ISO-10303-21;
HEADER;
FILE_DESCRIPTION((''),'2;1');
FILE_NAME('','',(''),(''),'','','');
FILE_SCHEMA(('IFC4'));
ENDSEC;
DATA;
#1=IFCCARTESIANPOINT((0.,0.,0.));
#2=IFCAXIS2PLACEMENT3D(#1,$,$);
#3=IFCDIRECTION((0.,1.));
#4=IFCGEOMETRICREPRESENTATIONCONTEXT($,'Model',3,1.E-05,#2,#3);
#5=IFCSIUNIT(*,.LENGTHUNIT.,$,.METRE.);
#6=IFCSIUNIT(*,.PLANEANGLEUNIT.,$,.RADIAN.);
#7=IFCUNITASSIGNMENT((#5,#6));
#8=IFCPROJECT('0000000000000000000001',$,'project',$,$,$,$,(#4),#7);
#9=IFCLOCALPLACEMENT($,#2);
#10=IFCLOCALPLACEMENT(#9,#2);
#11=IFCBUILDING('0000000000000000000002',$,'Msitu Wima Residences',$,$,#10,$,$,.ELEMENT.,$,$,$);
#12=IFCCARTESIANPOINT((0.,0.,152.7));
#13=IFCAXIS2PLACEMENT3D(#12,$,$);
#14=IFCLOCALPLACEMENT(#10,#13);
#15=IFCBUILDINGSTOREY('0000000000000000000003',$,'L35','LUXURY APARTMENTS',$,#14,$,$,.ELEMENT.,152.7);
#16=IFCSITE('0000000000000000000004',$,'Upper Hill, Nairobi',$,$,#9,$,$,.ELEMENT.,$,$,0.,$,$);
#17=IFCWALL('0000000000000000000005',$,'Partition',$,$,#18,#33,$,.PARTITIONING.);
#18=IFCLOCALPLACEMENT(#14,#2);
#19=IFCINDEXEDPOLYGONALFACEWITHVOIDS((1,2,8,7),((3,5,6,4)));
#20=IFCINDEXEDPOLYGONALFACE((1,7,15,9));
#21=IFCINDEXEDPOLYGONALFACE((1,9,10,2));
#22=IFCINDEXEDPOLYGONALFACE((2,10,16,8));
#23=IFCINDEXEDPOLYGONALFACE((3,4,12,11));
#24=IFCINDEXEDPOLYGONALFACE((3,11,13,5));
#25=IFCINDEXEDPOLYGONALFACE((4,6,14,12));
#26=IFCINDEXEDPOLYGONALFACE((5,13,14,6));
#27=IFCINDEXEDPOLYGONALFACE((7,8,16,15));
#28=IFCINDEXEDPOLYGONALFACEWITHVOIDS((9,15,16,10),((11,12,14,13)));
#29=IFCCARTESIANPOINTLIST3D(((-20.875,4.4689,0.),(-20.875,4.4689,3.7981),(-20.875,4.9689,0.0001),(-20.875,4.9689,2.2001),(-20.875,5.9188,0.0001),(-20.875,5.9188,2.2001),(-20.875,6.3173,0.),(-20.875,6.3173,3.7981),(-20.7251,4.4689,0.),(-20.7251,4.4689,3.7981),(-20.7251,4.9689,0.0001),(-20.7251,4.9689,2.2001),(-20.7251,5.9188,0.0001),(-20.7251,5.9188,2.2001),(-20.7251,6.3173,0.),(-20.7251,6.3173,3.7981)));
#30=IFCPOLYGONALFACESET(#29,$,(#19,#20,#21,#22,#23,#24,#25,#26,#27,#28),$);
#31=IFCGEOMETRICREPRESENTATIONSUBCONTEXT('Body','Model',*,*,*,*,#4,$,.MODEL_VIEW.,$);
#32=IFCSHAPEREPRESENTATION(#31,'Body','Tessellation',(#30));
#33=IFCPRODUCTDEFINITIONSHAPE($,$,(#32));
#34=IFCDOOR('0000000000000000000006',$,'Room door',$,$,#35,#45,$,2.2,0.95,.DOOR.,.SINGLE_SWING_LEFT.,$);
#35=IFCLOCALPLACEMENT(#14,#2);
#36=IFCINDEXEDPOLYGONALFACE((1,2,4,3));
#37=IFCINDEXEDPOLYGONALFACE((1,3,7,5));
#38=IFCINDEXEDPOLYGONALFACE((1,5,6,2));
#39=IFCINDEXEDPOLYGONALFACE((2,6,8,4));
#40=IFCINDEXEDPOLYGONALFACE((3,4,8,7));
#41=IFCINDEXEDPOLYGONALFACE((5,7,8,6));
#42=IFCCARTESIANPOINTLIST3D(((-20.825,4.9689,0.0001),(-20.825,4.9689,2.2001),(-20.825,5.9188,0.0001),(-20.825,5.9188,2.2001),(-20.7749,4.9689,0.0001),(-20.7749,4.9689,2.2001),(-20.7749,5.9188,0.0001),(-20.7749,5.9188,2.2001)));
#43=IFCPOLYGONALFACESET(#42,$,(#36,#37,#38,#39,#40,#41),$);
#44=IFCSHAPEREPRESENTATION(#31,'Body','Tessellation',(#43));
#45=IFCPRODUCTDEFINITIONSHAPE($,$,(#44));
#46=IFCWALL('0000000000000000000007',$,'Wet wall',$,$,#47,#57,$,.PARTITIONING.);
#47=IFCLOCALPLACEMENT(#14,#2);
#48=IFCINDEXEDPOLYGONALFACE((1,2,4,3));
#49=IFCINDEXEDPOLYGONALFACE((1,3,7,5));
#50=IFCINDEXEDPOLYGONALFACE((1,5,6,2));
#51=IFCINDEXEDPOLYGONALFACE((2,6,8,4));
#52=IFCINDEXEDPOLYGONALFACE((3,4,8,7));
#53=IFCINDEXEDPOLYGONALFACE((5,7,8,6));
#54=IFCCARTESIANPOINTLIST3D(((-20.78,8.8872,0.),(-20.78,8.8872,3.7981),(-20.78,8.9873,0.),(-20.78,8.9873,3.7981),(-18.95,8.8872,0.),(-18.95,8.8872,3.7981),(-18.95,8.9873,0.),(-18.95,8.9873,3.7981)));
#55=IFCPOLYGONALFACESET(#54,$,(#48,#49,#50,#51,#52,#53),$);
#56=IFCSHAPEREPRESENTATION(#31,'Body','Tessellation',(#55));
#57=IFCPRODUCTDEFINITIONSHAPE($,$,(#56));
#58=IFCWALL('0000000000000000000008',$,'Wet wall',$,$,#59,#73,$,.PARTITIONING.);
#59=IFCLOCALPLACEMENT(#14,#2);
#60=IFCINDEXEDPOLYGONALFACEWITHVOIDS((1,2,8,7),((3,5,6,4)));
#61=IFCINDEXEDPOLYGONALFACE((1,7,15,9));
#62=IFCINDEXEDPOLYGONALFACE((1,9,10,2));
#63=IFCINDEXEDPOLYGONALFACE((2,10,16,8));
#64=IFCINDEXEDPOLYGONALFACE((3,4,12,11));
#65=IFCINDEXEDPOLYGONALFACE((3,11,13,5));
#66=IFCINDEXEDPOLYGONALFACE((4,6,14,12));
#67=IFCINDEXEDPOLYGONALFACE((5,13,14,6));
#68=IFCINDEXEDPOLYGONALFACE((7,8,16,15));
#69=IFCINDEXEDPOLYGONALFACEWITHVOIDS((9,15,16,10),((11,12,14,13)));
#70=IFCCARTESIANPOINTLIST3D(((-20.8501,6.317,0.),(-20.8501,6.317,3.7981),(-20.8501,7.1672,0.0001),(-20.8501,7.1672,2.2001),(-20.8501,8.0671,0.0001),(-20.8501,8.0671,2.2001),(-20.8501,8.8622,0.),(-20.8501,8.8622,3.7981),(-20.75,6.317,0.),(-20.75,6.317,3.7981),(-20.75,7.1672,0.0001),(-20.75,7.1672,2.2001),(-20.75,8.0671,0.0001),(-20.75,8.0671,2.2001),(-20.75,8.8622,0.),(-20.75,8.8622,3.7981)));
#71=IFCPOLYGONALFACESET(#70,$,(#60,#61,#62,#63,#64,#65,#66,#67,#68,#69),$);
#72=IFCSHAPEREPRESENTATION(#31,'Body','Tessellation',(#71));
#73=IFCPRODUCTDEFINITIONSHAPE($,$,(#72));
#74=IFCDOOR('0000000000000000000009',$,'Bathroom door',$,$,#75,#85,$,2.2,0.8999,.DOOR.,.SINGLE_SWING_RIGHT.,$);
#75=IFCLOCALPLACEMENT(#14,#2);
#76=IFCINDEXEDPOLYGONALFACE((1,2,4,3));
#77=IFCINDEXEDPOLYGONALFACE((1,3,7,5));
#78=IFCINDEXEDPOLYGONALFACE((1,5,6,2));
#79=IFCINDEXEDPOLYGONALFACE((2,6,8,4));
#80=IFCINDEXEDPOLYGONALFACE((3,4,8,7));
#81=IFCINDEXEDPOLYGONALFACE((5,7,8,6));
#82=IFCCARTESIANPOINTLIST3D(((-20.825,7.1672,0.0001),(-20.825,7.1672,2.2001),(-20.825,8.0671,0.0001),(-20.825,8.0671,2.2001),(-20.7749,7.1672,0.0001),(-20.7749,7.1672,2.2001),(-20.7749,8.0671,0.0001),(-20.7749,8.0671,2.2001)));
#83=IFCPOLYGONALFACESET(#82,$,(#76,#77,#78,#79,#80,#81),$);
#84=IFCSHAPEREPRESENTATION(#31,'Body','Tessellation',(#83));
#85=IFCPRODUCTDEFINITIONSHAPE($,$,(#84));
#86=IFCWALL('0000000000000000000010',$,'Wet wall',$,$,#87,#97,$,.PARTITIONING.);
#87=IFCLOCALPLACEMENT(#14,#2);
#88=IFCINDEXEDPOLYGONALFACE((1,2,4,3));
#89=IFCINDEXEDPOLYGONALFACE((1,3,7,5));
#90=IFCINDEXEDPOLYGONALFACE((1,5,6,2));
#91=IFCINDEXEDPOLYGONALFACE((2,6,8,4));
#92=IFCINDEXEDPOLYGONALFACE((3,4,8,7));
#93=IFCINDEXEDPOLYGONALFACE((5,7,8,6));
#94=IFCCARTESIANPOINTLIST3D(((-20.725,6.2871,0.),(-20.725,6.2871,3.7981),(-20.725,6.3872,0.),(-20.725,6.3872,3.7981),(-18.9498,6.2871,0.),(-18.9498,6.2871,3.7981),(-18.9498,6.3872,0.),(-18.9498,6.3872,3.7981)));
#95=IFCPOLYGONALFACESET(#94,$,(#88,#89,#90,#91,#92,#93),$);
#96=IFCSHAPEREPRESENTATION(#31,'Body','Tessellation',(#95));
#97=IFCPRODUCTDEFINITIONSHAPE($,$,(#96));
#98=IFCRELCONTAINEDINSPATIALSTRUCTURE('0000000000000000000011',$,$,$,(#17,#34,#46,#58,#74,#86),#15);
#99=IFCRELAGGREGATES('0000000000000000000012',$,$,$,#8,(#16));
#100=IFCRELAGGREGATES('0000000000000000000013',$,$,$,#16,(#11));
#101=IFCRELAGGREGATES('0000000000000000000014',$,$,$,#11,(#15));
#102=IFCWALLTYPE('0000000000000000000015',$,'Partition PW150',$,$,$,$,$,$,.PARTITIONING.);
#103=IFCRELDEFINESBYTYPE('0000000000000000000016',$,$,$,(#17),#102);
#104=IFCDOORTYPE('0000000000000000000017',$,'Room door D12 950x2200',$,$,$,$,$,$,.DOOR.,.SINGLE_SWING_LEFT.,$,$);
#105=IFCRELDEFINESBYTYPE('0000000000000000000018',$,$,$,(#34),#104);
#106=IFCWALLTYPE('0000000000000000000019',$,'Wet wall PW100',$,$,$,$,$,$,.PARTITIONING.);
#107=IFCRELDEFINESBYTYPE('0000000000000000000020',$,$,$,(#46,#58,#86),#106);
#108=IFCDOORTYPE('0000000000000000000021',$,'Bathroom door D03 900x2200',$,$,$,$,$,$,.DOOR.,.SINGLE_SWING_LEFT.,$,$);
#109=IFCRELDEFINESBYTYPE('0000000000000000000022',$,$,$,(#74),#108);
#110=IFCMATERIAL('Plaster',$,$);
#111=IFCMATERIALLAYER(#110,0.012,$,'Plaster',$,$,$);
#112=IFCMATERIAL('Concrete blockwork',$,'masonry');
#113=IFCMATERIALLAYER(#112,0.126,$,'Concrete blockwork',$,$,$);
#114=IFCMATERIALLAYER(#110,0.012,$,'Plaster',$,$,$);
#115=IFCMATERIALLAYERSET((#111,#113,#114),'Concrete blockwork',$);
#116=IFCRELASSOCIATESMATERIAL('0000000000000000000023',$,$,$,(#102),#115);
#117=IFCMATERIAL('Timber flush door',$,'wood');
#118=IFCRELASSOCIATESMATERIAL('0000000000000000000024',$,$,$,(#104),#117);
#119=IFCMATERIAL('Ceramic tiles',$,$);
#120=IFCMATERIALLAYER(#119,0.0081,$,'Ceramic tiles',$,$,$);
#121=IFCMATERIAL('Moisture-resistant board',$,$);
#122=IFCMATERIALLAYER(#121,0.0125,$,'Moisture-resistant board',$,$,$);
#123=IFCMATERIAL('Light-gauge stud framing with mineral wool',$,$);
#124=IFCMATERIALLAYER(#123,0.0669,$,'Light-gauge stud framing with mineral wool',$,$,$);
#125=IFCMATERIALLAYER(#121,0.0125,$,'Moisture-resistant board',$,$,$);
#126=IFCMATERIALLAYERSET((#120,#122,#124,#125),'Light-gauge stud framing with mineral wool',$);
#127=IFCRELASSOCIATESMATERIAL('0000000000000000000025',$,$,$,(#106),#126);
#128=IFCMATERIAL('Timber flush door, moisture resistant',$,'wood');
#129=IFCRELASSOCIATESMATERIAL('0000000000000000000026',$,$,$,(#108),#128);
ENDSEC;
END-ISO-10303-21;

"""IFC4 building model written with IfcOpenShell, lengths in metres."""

from ifc_helpers import new_model, si_unit, direction, frame, frame_2d, origin, place, context, subcontext, project, spatial, rectangle, extrude, material, layer, layer_set, type_object, element, fill, save


model = new_model("IFC4")

# Units and contexts
model_context = context("Model", 3, precision=1e-05, world=origin(), true_north=direction((0.0, 1.0)))
body_context = subcontext(model_context, "Body", "Model", "MODEL_VIEW")
ifc_project = project(units=[si_unit("LENGTHUNIT", "METRE"), si_unit("PLANEANGLEUNIT", "RADIAN")], contexts=[model_context])

# Site, building, storey
site_placement = place(None, origin())
site = spatial("IfcSite", under=ifc_project, at=site_placement, Name="Upper Hill, Nairobi", CompositionType="ELEMENT", RefElevation=0.0)
building_placement = place(site_placement, origin())
building = spatial("IfcBuilding", under=site, at=building_placement, Name="Msitu Wima Residences", CompositionType="ELEMENT")
storey_placement = place(building_placement, frame((0.0, 0.0, 152.7)))
storey = spatial("IfcBuildingStorey", under=building, at=storey_placement, Name="L35", Description="LUXURY APARTMENTS", CompositionType="ELEMENT", Elevation=152.7)

# Shared definitions
ifc_material_1 = material(Name="Plaster")
ifc_layer_1 = layer(ifc_material_1, 0.012, Name="Plaster")
ifc_material_2 = material(Name="Concrete blockwork", Category="masonry")
ifc_layer_2 = layer(ifc_material_2, 0.126, Name="Concrete blockwork")
ifc_layer_3 = layer(ifc_material_1, 0.012, Name="Plaster")
ifc_layer_set_1 = layer_set([ifc_layer_1, ifc_layer_2, ifc_layer_3], Name="Concrete blockwork")
wall_type_1 = type_object("IfcWallType", Name="Partition PW150", PredefinedType="PARTITIONING", material=ifc_layer_set_1)

# Shared definitions
ifc_material_3 = material(Name="Timber flush door", Category="wood")
door_type_1 = type_object("IfcDoorType", Name="Room door D12 950x2200", OperationType="SINGLE_SWING_LEFT", PredefinedType="DOOR", material=ifc_material_3)

# Wall, opening, door
wall_1_placement = place(storey_placement, frame((-20.8, 4.4688, 0.0), z_axis=(0.0, 0.0, 1.0), x_axis=(0.0, 1.0, 0.0)))
wall_1 = element("IfcWall", 1, at=wall_1_placement, inside=storey, type_object=wall_type_1, Name="Partition", PredefinedType="PARTITIONING", context=body_context, shape_type="SweptSolid", body=[
    extrude(rectangle(XDim=1.8484, YDim=0.1499, at=frame_2d((0.9243, 0.0))), origin(), (0.0, 0.0, 1.0), 3.7981),
])
opening_1_placement = place(wall_1_placement, frame((0.5, 0.0, 0.0)))
opening_1 = element("IfcOpeningElement", 2, at=opening_1_placement, cuts=wall_1, PredefinedType="OPENING", context=body_context, shape_type="SweptSolid", body=[
    extrude(rectangle(XDim=0.95, YDim=2.2, at=frame_2d((0.4751, 1.1001))), frame((0.0, 0.085, 0.0), z_axis=(0.0, -1.0, 0.0), x_axis=(1.0, 0.0, 0.0)), (0.0, 0.0, 1.0), 0.1699),
])
door_1_placement = place(opening_1_placement, origin())
door_1 = element("IfcDoor", 3, at=door_1_placement, inside=storey, type_object=door_type_1, Name="Room door", OperationType="SINGLE_SWING_LEFT", OverallHeight=2.2, OverallWidth=0.95, PredefinedType="DOOR", context=body_context, shape_type="SweptSolid", body=[
    extrude(rectangle(XDim=0.95, YDim=2.2, at=frame_2d((0.4751, 1.1001))), frame((0.0, 0.0249, 0.0), z_axis=(0.0, -1.0, 0.0), x_axis=(1.0, 0.0, 0.0)), (0.0, 0.0, 1.0), 0.05),
])
fill(opening_1, door_1)

# Wall
ifc_material_4 = material(Name="Ceramic tiles")
ifc_layer_4 = layer(ifc_material_4, 0.0081, Name="Ceramic tiles")
ifc_material_5 = material(Name="Moisture-resistant board")
ifc_layer_5 = layer(ifc_material_5, 0.0125, Name="Moisture-resistant board")
ifc_material_6 = material(Name="Light-gauge stud framing with mineral wool")
ifc_layer_6 = layer(ifc_material_6, 0.0669, Name="Light-gauge stud framing with mineral wool")
ifc_layer_7 = layer(ifc_material_5, 0.0125, Name="Moisture-resistant board")
ifc_layer_set_2 = layer_set([ifc_layer_4, ifc_layer_5, ifc_layer_6, ifc_layer_7], Name="Light-gauge stud framing with mineral wool")
wall_type_2 = type_object("IfcWallType", Name="Wet wall PW100", PredefinedType="PARTITIONING", material=ifc_layer_set_2)
wall_2_placement = place(storey_placement, frame((-20.78, 8.9373, 0.0), z_axis=(0.0, 0.0, 1.0), x_axis=(1.0, 0.0, 0.0)))
element("IfcWall", 4, at=wall_2_placement, inside=storey, type_object=wall_type_2, Name="Wet wall", PredefinedType="PARTITIONING", context=body_context, shape_type="SweptSolid", body=[
    extrude(rectangle(XDim=1.8301, YDim=0.1001, at=frame_2d((0.915, 0.0))), origin(), (0.0, 0.0, 1.0), 3.7981),
])

# Wall, opening, door
wall_3_placement = place(storey_placement, frame((-20.8, 6.3171, 0.0), z_axis=(0.0, 0.0, 1.0), x_axis=(0.0, 1.0, 0.0)))
wall_3 = element("IfcWall", 5, at=wall_3_placement, inside=storey, type_object=wall_type_2, Name="Wet wall", PredefinedType="PARTITIONING", context=body_context, shape_type="SweptSolid", body=[
    extrude(rectangle(XDim=2.5452, YDim=0.1001, at=frame_2d((1.2725, 0.0))), origin(), (0.0, 0.0, 1.0), 3.7981),
])
opening_2_placement = place(wall_3_placement, frame((0.8501, 0.0, 0.0)))
opening_2 = element("IfcOpeningElement", 6, at=opening_2_placement, cuts=wall_3, PredefinedType="OPENING", context=body_context, shape_type="SweptSolid", body=[
    extrude(rectangle(XDim=0.8999, YDim=2.2, at=frame_2d((0.45, 1.1001))), frame((0.0, 0.0601, 0.0), z_axis=(0.0, -1.0, 0.0), x_axis=(1.0, 0.0, 0.0)), (0.0, 0.0, 1.0), 0.1201),
])
ifc_material_7 = material(Name="Timber flush door, moisture resistant", Category="wood")
door_type_2 = type_object("IfcDoorType", Name="Bathroom door D03 900x2200", OperationType="SINGLE_SWING_LEFT", PredefinedType="DOOR", material=ifc_material_7)
door_2_placement = place(opening_2_placement, origin())
door_2 = element("IfcDoor", 7, at=door_2_placement, inside=storey, type_object=door_type_2, Name="Bathroom door", OperationType="SINGLE_SWING_RIGHT", OverallHeight=2.2, OverallWidth=0.8999, PredefinedType="DOOR", context=body_context, shape_type="SweptSolid", body=[
    extrude(rectangle(XDim=0.8999, YDim=2.2, at=frame_2d((0.45, 1.1001))), frame((0.0, 0.0249, 0.0), z_axis=(0.0, -1.0, 0.0), x_axis=(1.0, 0.0, 0.0)), (0.0, 0.0, 1.0), 0.05),
])
fill(opening_2, door_2)

# Wall
wall_4_placement = place(storey_placement, frame((-20.7251, 6.3372, 0.0), z_axis=(0.0, 0.0, 1.0), x_axis=(1.0, 0.0, 0.0)))
element("IfcWall", 8, at=wall_4_placement, inside=storey, type_object=wall_type_2, Name="Wet wall", PredefinedType="PARTITIONING", context=body_context, shape_type="SweptSolid", body=[
    extrude(rectangle(XDim=1.7751, YDim=0.1001, at=frame_2d((0.8877, 0.0))), origin(), (0.0, 0.0, 1.0), 3.7981),
])

save(model, "model.ifc")
